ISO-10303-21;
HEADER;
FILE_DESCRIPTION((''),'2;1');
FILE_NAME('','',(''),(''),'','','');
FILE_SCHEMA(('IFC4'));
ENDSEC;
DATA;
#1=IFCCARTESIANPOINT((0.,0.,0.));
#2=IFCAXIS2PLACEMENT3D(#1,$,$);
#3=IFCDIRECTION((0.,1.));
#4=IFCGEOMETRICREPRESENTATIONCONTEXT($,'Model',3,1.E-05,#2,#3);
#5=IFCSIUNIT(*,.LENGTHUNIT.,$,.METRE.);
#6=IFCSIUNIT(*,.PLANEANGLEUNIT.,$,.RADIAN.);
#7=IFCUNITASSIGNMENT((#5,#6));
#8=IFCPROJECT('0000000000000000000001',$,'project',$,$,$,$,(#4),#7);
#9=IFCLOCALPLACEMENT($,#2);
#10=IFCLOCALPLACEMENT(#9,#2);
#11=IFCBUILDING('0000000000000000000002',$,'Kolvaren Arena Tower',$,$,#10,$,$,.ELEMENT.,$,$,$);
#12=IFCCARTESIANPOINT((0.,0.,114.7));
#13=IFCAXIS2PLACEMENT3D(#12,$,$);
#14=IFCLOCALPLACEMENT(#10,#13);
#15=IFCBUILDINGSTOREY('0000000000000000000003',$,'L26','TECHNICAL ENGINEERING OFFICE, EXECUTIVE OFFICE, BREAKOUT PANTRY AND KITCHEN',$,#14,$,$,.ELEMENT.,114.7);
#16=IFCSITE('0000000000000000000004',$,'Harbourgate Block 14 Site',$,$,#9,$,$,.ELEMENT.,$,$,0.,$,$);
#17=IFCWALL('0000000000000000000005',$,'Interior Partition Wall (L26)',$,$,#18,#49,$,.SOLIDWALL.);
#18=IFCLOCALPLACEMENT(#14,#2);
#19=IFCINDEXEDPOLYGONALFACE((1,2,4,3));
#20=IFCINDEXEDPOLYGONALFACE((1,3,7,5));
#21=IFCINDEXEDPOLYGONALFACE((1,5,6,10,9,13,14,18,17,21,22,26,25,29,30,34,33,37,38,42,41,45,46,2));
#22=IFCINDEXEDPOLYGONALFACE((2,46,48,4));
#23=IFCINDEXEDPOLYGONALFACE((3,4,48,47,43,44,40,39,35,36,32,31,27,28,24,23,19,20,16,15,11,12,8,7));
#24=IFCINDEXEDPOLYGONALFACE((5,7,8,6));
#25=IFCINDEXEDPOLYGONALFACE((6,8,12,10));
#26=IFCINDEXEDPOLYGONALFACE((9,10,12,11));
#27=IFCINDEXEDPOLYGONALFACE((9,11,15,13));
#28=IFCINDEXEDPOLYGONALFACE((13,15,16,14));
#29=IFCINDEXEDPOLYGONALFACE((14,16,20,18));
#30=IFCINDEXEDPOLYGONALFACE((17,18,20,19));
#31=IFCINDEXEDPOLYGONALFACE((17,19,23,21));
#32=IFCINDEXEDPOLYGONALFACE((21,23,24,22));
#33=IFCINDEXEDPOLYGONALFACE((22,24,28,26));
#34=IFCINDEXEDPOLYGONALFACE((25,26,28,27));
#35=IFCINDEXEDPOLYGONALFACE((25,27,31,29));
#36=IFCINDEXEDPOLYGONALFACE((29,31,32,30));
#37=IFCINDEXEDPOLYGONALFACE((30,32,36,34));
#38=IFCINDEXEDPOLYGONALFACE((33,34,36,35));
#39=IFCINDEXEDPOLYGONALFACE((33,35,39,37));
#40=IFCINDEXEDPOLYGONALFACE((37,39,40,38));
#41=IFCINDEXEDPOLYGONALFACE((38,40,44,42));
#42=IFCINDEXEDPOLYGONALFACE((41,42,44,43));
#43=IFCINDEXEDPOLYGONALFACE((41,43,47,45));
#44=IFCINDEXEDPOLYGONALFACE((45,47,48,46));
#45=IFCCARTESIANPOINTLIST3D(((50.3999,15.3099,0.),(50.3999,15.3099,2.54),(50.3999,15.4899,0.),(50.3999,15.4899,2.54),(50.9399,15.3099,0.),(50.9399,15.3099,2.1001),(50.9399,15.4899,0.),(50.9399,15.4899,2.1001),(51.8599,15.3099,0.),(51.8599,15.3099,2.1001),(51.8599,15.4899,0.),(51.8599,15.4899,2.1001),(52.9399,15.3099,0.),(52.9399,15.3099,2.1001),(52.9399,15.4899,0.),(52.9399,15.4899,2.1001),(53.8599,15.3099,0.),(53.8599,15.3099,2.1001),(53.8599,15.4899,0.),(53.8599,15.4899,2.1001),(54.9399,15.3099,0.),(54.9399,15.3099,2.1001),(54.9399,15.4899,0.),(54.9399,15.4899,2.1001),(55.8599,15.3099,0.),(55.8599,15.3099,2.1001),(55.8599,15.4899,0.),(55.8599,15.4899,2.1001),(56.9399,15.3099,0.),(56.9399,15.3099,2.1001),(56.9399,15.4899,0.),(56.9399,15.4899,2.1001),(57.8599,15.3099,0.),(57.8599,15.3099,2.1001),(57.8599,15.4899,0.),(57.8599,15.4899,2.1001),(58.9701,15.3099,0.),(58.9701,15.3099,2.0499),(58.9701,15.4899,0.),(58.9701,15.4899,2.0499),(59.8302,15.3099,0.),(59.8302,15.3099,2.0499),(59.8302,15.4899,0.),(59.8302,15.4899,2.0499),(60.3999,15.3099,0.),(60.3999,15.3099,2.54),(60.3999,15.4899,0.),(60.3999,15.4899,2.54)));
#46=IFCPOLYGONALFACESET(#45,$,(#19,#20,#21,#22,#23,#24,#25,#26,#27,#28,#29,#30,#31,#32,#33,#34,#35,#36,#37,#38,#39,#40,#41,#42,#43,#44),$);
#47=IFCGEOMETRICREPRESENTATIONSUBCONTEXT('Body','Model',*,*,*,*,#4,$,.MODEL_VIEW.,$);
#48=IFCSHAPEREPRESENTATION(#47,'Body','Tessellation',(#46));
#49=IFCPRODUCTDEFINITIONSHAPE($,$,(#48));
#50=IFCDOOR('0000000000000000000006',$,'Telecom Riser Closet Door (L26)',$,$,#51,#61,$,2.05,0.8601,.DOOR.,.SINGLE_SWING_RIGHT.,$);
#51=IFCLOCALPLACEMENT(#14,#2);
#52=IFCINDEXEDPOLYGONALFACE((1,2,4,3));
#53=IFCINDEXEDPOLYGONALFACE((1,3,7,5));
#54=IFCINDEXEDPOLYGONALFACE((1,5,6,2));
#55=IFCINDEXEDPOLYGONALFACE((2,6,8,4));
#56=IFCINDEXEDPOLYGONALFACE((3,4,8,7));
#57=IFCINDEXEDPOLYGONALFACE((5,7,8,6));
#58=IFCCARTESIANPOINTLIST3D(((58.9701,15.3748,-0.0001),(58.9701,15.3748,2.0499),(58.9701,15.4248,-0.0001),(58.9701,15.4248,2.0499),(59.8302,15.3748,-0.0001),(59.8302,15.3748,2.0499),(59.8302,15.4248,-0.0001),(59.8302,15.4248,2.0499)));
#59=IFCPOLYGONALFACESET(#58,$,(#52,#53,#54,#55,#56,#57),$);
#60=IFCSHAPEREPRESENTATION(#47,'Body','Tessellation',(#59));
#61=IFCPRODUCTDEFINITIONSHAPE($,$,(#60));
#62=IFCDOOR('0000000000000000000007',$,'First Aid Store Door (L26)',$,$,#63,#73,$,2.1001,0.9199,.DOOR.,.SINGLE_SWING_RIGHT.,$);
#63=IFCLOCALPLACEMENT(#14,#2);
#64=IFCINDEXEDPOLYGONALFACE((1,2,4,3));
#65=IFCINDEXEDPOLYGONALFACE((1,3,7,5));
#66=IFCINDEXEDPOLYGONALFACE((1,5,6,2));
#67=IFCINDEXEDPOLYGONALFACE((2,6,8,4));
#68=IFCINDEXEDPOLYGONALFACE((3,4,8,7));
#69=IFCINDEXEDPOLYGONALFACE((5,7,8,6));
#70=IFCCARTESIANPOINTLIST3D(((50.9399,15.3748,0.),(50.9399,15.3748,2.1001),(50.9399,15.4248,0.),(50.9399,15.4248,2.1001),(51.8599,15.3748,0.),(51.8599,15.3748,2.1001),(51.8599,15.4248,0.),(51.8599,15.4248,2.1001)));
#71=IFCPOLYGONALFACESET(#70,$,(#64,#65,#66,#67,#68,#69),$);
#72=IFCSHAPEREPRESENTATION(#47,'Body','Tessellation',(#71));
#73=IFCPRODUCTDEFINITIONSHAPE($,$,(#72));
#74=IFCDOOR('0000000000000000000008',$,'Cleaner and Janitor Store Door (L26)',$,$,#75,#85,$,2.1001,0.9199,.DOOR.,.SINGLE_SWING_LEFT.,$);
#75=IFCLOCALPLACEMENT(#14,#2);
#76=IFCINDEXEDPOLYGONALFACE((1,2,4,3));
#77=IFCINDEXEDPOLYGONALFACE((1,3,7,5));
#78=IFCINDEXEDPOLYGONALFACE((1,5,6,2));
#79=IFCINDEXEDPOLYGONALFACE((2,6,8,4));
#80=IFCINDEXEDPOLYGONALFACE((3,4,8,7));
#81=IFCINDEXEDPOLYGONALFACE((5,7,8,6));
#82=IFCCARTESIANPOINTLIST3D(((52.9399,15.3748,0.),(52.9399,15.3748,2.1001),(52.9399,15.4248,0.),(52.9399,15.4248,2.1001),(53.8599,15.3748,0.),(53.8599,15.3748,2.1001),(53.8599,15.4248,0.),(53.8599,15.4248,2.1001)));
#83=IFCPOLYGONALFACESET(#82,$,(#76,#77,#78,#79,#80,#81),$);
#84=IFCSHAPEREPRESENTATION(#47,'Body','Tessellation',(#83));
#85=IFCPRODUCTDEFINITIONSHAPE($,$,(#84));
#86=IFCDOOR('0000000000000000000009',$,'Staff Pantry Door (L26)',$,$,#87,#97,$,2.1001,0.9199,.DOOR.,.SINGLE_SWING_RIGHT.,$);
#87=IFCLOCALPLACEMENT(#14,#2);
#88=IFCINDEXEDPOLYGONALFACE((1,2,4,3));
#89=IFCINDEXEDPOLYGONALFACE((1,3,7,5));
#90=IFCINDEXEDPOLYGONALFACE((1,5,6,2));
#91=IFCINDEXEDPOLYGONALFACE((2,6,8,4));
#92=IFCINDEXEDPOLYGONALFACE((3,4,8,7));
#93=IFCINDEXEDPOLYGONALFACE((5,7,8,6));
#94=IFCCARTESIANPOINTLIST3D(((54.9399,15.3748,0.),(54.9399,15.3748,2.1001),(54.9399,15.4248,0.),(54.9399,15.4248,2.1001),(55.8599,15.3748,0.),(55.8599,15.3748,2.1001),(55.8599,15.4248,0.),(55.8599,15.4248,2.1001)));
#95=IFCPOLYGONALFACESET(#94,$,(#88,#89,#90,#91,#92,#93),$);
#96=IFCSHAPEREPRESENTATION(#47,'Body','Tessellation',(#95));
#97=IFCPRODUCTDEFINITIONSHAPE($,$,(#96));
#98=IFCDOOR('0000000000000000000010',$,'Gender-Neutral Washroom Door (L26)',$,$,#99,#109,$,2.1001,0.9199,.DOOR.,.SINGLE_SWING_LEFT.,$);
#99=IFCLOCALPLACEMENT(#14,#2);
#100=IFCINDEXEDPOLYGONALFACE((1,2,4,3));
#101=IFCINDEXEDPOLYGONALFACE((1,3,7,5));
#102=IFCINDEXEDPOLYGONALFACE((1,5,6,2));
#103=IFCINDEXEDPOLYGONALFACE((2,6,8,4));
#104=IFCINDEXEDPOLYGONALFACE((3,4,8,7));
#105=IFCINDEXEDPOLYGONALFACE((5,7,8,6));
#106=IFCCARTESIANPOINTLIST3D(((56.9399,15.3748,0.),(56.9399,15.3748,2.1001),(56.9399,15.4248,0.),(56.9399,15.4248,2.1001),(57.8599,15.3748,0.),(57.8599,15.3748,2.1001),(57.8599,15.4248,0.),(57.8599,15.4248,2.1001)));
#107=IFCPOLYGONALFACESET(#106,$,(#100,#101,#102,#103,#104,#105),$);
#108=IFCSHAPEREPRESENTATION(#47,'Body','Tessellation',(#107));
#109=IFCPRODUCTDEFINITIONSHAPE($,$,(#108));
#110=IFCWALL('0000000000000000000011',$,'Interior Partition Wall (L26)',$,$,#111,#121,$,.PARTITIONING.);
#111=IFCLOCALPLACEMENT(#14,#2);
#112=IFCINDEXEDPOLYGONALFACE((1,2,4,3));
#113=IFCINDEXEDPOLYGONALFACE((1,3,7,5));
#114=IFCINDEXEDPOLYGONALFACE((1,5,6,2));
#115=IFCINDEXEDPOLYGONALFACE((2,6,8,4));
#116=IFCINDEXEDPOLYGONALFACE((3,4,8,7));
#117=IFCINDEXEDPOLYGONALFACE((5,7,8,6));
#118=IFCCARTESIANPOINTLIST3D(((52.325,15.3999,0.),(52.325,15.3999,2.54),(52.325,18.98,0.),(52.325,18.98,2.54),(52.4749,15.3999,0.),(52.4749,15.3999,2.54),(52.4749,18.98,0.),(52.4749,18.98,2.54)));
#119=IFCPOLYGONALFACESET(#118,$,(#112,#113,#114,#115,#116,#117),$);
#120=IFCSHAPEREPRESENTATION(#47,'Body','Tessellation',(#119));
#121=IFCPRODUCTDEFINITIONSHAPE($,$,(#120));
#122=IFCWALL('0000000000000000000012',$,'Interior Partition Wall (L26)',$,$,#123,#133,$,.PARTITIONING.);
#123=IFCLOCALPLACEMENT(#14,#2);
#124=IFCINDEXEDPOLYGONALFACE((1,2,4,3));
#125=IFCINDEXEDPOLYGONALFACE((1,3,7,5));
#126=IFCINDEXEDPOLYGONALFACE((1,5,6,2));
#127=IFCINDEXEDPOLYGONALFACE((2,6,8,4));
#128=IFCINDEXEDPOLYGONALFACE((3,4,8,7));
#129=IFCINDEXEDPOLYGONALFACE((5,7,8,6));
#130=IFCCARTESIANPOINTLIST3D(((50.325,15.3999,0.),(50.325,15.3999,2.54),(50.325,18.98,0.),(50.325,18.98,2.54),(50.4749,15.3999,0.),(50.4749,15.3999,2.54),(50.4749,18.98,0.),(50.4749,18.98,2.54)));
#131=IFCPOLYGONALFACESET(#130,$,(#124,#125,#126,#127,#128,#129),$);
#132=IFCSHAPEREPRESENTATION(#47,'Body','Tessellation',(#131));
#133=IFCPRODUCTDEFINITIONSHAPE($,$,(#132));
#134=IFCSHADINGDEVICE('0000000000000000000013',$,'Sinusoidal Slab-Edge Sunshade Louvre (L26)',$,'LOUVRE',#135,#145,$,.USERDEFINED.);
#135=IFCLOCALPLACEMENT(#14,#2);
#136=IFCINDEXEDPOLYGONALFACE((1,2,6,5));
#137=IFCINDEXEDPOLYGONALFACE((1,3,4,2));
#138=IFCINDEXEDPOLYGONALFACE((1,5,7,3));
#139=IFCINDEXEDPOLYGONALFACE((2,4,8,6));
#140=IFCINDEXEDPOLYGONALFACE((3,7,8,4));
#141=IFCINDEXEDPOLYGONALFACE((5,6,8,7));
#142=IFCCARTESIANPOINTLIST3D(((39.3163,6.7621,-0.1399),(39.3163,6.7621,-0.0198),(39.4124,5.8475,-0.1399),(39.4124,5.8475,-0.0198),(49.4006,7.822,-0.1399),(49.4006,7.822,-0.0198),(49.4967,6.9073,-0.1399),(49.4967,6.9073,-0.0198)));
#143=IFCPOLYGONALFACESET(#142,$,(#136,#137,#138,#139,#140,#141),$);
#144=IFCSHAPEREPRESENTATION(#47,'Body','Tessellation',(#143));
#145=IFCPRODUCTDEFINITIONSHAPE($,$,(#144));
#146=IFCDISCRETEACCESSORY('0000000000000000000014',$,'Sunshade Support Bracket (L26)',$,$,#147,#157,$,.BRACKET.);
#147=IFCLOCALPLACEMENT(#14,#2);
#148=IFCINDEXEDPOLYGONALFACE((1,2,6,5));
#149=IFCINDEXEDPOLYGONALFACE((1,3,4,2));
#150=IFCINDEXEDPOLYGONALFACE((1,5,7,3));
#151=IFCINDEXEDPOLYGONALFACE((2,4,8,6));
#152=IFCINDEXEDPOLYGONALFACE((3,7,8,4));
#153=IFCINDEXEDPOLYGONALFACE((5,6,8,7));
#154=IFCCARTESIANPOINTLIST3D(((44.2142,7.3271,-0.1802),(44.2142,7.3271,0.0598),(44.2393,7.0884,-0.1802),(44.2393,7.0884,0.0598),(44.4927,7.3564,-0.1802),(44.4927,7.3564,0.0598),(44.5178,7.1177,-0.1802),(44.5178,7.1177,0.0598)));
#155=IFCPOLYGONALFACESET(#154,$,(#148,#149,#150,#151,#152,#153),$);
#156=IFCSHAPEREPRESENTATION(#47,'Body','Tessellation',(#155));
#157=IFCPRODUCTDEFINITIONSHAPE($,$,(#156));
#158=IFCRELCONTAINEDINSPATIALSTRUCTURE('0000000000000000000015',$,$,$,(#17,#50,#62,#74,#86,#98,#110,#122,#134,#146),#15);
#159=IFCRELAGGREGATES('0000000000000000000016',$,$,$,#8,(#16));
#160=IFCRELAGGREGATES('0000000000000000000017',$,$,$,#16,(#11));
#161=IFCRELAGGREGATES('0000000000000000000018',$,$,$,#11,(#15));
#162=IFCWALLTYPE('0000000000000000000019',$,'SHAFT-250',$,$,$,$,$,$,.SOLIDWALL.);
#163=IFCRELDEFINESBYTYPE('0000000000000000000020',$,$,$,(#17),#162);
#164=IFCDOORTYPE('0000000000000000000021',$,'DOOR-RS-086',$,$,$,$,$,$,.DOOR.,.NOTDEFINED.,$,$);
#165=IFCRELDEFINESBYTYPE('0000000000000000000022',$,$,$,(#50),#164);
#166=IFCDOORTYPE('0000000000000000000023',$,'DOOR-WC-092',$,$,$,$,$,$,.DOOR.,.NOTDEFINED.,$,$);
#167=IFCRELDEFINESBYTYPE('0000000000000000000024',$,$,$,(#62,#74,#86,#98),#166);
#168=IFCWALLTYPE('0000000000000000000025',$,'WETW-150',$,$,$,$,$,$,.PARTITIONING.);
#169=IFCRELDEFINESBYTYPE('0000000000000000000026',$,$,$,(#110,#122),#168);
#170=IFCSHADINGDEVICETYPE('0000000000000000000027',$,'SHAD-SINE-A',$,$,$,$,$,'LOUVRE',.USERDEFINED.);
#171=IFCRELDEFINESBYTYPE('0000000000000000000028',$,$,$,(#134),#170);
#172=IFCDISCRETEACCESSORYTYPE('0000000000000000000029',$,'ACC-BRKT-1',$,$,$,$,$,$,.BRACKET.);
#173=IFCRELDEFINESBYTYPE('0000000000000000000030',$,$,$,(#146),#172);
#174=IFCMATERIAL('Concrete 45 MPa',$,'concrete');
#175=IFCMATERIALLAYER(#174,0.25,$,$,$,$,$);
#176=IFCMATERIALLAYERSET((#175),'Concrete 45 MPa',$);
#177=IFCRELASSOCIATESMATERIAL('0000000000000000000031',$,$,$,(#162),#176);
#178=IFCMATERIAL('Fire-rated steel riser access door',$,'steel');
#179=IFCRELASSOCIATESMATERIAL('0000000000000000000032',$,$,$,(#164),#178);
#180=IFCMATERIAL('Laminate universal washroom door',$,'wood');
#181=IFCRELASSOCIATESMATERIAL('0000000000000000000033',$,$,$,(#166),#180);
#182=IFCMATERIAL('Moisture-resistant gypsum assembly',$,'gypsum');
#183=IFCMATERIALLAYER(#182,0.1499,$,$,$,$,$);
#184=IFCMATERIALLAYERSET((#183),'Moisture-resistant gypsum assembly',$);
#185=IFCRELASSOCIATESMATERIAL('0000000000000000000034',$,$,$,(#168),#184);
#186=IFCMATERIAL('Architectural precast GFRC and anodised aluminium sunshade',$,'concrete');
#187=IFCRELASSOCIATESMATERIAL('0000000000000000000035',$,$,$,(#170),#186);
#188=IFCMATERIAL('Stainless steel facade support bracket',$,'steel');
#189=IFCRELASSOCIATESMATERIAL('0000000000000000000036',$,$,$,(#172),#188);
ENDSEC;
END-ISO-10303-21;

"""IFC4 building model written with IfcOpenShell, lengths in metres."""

from ifc_helpers import new_model, si_unit, direction, frame, frame_2d, origin, origin_2d, place, context, subcontext, project, spatial, rectangle, extrude, material, layer, layer_set, type_object, element, fill, save


model = new_model("IFC4")

# Units and contexts
model_context = context("Model", 3, precision=1e-05, world=origin(), true_north=direction((0.0, 1.0)))
body_context = subcontext(model_context, "Body", "Model", "MODEL_VIEW")
ifc_project = project(units=[si_unit("LENGTHUNIT", "METRE"), si_unit("PLANEANGLEUNIT", "RADIAN")], contexts=[model_context])

# Site, building, storey
site_placement = place(None, origin())
site = spatial("IfcSite", under=ifc_project, at=site_placement, Name="Harbourgate Block 14 Site", CompositionType="ELEMENT", RefElevation=0.0)
building_placement = place(site_placement, origin())
building = spatial("IfcBuilding", under=site, at=building_placement, Name="Kolvaren Arena Tower", CompositionType="ELEMENT")
storey_placement = place(building_placement, frame((0.0, 0.0, 114.7)))
storey = spatial("IfcBuildingStorey", under=building, at=storey_placement, Name="L26", Description="TECHNICAL ENGINEERING OFFICE, EXECUTIVE OFFICE, BREAKOUT PANTRY AND KITCHEN", CompositionType="ELEMENT", Elevation=114.7)

# Shared definitions
ifc_material_1 = material(Name="Concrete 45 MPa", Category="concrete")
ifc_layer_1 = layer(ifc_material_1, 0.25)
ifc_layer_set_1 = layer_set([ifc_layer_1], Name="Concrete 45 MPa")
wall_type_1 = type_object("IfcWallType", Name="SHAFT-250", PredefinedType="SOLIDWALL", material=ifc_layer_set_1)

# Wall, openings, doors
wall_1_placement = place(storey_placement, frame((50.3999, 15.3999, 0.0), z_axis=(0.0, 0.0, 1.0), x_axis=(1.0, 0.0, 0.0)))
wall_1 = element("IfcWall", 1, at=wall_1_placement, inside=storey, type_object=wall_type_1, Name="Interior Partition Wall (L26)", PredefinedType="SOLIDWALL", context=body_context, shape_type="SweptSolid", body=[
    extrude(rectangle(XDim=10.0, YDim=0.1799, at=frame_2d((5.0, 0.0))), origin(), (0.0, 0.0, 1.0), 2.54),
])
opening_1_placement = place(wall_1_placement, frame((0.54, 0.0, 0.0)))
opening_1 = element("IfcOpeningElement", 2, at=opening_1_placement, cuts=wall_1, PredefinedType="OPENING", context=body_context, shape_type="SweptSolid", body=[
    extrude(rectangle(XDim=0.9199, YDim=2.1001, at=frame_2d((0.46, 1.05))), frame((0.0, 0.0999, 0.0), z_axis=(0.0, -1.0, 0.0), x_axis=(1.0, 0.0, 0.0)), (0.0, 0.0, 1.0), 0.2),
])
opening_2_placement = place(wall_1_placement, frame((2.54, 0.0, 0.0)))
opening_2 = element("IfcOpeningElement", 3, at=opening_2_placement, cuts=wall_1, PredefinedType="OPENING", context=body_context, shape_type="SweptSolid", body=[
    extrude(rectangle(XDim=0.9199, YDim=2.1001, at=frame_2d((0.46, 1.05))), frame((0.0, 0.0999, 0.0), z_axis=(0.0, -1.0, 0.0), x_axis=(1.0, 0.0, 0.0)), (0.0, 0.0, 1.0), 0.2),
])
opening_3_placement = place(wall_1_placement, frame((4.54, 0.0, 0.0)))
opening_3 = element("IfcOpeningElement", 4, at=opening_3_placement, cuts=wall_1, PredefinedType="OPENING", context=body_context, shape_type="SweptSolid", body=[
    extrude(rectangle(XDim=0.9199, YDim=2.1001, at=frame_2d((0.46, 1.05))), frame((0.0, 0.0999, 0.0), z_axis=(0.0, -1.0, 0.0), x_axis=(1.0, 0.0, 0.0)), (0.0, 0.0, 1.0), 0.2),
])
opening_4_placement = place(wall_1_placement, frame((6.54, 0.0, 0.0)))
opening_4 = element("IfcOpeningElement", 5, at=opening_4_placement, cuts=wall_1, PredefinedType="OPENING", context=body_context, shape_type="SweptSolid", body=[
    extrude(rectangle(XDim=0.9199, YDim=2.1001, at=frame_2d((0.46, 1.05))), frame((0.0, 0.0999, 0.0), z_axis=(0.0, -1.0, 0.0), x_axis=(1.0, 0.0, 0.0)), (0.0, 0.0, 1.0), 0.2),
])
opening_5_placement = place(wall_1_placement, frame((8.5701, 0.0, 0.0)))
opening_5 = element("IfcOpeningElement", 6, at=opening_5_placement, cuts=wall_1, PredefinedType="OPENING", context=body_context, shape_type="SweptSolid", body=[
    extrude(rectangle(XDim=0.8601, YDim=2.05, at=frame_2d((0.4302, 1.0249))), frame((0.0, 0.0999, 0.0), z_axis=(0.0, -1.0, 0.0), x_axis=(1.0, 0.0, 0.0)), (0.0, 0.0, 1.0), 0.2),
])
ifc_material_2 = material(Name="Fire-rated steel riser access door", Category="steel")
door_type_1 = type_object("IfcDoorType", Name="DOOR-RS-086", OperationType="NOTDEFINED", PredefinedType="DOOR", material=ifc_material_2)
door_1_placement = place(opening_5_placement, origin())
door_1 = element("IfcDoor", 7, at=door_1_placement, inside=storey, type_object=door_type_1, Name="Telecom Riser Closet Door (L26)", OperationType="SINGLE_SWING_RIGHT", OverallHeight=2.05, OverallWidth=0.8601, PredefinedType="DOOR", context=body_context, shape_type="SweptSolid", body=[
    extrude(rectangle(XDim=0.8601, YDim=2.05, at=frame_2d((0.4302, 1.0249))), frame((0.0, 0.0249, 0.0), z_axis=(0.0, -1.0, 0.0), x_axis=(1.0, 0.0, 0.0)), (0.0, 0.0, 1.0), 0.05),
])
fill(opening_5, door_1)
ifc_material_3 = material(Name="Laminate universal washroom door", Category="wood")
door_type_2 = type_object("IfcDoorType", Name="DOOR-WC-092", OperationType="NOTDEFINED", PredefinedType="DOOR", material=ifc_material_3)
door_2_placement = place(opening_1_placement, origin())
door_2 = element("IfcDoor", 8, at=door_2_placement, inside=storey, type_object=door_type_2, Name="First Aid Store Door (L26)", OperationType="SINGLE_SWING_RIGHT", OverallHeight=2.1001, OverallWidth=0.9199, PredefinedType="DOOR", context=body_context, shape_type="SweptSolid", body=[
    extrude(rectangle(XDim=0.9199, YDim=2.1001, at=frame_2d((0.46, 1.05))), frame((0.0, 0.0249, 0.0), z_axis=(0.0, -1.0, 0.0), x_axis=(1.0, 0.0, 0.0)), (0.0, 0.0, 1.0), 0.05),
])
fill(opening_1, door_2)
door_3_placement = place(opening_2_placement, origin())
door_3 = element("IfcDoor", 9, at=door_3_placement, inside=storey, type_object=door_type_2, Name="Cleaner and Janitor Store Door (L26)", OperationType="SINGLE_SWING_LEFT", OverallHeight=2.1001, OverallWidth=0.9199, PredefinedType="DOOR", context=body_context, shape_type="SweptSolid", body=[
    extrude(rectangle(XDim=0.9199, YDim=2.1001, at=frame_2d((0.46, 1.05))), frame((0.0, 0.0249, 0.0), z_axis=(0.0, -1.0, 0.0), x_axis=(1.0, 0.0, 0.0)), (0.0, 0.0, 1.0), 0.05),
])
fill(opening_2, door_3)
door_4_placement = place(opening_3_placement, origin())
door_4 = element("IfcDoor", 10, at=door_4_placement, inside=storey, type_object=door_type_2, Name="Staff Pantry Door (L26)", OperationType="SINGLE_SWING_RIGHT", OverallHeight=2.1001, OverallWidth=0.9199, PredefinedType="DOOR", context=body_context, shape_type="SweptSolid", body=[
    extrude(rectangle(XDim=0.9199, YDim=2.1001, at=frame_2d((0.46, 1.05))), frame((0.0, 0.0249, 0.0), z_axis=(0.0, -1.0, 0.0), x_axis=(1.0, 0.0, 0.0)), (0.0, 0.0, 1.0), 0.05),
])
fill(opening_3, door_4)
door_5_placement = place(opening_4_placement, origin())
door_5 = element("IfcDoor", 11, at=door_5_placement, inside=storey, type_object=door_type_2, Name="Gender-Neutral Washroom Door (L26)", OperationType="SINGLE_SWING_LEFT", OverallHeight=2.1001, OverallWidth=0.9199, PredefinedType="DOOR", context=body_context, shape_type="SweptSolid", body=[
    extrude(rectangle(XDim=0.9199, YDim=2.1001, at=frame_2d((0.46, 1.05))), frame((0.0, 0.0249, 0.0), z_axis=(0.0, -1.0, 0.0), x_axis=(1.0, 0.0, 0.0)), (0.0, 0.0, 1.0), 0.05),
])
fill(opening_4, door_5)

# Walls
ifc_material_4 = material(Name="Moisture-resistant gypsum assembly", Category="gypsum")
ifc_layer_2 = layer(ifc_material_4, 0.1499)
ifc_layer_set_2 = layer_set([ifc_layer_2], Name="Moisture-resistant gypsum assembly")
wall_type_2 = type_object("IfcWallType", Name="WETW-150", PredefinedType="PARTITIONING", material=ifc_layer_set_2)
for number, where, z_axis, x_axis, name in (
    (12, (52.3999, 15.3999, 0.0), (0.0, 0.0, 1.0), (0.0, 1.0, 0.0), "Interior Partition Wall (L26)"),
    (13, (50.3999, 15.3999, 0.0), (0.0, 0.0, 1.0), (0.0, 1.0, 0.0), "Interior Partition Wall (L26)"),
):
    element("IfcWall", number, at=place(storey_placement, frame(where, z_axis=z_axis, x_axis=x_axis)), inside=storey, type_object=wall_type_2, Name=name, PredefinedType="PARTITIONING", context=body_context, shape_type="SweptSolid", body=[
        extrude(rectangle(XDim=3.5801, YDim=0.1499, at=frame_2d((1.79, 0.0))), origin(), (0.0, 0.0, 1.0), 2.54),
    ])

# Shading device
ifc_material_5 = material(Name="Architectural precast GFRC and anodised aluminium sunshade", Category="concrete")
shading_device_type = type_object("IfcShadingDeviceType", Name="SHAD-SINE-A", ElementType="LOUVRE", PredefinedType="USERDEFINED", material=ifc_material_5)
shading_device_placement = place(storey_placement, frame((44.4065, 6.8347, -0.1399), z_axis=(0.0, 0.0, 1.0), x_axis=(-0.994522, -0.104527, 0.0)))
element("IfcShadingDevice", 14, at=shading_device_placement, inside=storey, type_object=shading_device_type, Name="Sinusoidal Slab-Edge Sunshade Louvre (L26)", ObjectType="LOUVRE", PredefinedType="USERDEFINED", context=body_context, shape_type="SweptSolid", body=[
    extrude(rectangle(XDim=10.1399, YDim=0.9197, at=origin_2d()), origin(), (0.0, 0.0, 1.0), 0.1201),
])

# Discrete accessory
ifc_material_6 = material(Name="Stainless steel facade support bracket", Category="steel")
discrete_accessory_type = type_object("IfcDiscreteAccessoryType", Name="ACC-BRKT-1", PredefinedType="BRACKET", material=ifc_material_6)
discrete_accessory_placement = place(storey_placement, frame((44.366, 7.2224, -0.1802), z_axis=(0.0, 0.0, 1.0), x_axis=(-0.994522, -0.104527, 0.0)))
element("IfcDiscreteAccessory", 15, at=discrete_accessory_placement, inside=storey, type_object=discrete_accessory_type, Name="Sunshade Support Bracket (L26)", PredefinedType="BRACKET", context=body_context, shape_type="SweptSolid", body=[
    extrude(rectangle(XDim=0.28, YDim=0.24, at=origin_2d()), origin(), (0.0, 0.0, 1.0), 0.24),
])

save(model, "model.ifc")
